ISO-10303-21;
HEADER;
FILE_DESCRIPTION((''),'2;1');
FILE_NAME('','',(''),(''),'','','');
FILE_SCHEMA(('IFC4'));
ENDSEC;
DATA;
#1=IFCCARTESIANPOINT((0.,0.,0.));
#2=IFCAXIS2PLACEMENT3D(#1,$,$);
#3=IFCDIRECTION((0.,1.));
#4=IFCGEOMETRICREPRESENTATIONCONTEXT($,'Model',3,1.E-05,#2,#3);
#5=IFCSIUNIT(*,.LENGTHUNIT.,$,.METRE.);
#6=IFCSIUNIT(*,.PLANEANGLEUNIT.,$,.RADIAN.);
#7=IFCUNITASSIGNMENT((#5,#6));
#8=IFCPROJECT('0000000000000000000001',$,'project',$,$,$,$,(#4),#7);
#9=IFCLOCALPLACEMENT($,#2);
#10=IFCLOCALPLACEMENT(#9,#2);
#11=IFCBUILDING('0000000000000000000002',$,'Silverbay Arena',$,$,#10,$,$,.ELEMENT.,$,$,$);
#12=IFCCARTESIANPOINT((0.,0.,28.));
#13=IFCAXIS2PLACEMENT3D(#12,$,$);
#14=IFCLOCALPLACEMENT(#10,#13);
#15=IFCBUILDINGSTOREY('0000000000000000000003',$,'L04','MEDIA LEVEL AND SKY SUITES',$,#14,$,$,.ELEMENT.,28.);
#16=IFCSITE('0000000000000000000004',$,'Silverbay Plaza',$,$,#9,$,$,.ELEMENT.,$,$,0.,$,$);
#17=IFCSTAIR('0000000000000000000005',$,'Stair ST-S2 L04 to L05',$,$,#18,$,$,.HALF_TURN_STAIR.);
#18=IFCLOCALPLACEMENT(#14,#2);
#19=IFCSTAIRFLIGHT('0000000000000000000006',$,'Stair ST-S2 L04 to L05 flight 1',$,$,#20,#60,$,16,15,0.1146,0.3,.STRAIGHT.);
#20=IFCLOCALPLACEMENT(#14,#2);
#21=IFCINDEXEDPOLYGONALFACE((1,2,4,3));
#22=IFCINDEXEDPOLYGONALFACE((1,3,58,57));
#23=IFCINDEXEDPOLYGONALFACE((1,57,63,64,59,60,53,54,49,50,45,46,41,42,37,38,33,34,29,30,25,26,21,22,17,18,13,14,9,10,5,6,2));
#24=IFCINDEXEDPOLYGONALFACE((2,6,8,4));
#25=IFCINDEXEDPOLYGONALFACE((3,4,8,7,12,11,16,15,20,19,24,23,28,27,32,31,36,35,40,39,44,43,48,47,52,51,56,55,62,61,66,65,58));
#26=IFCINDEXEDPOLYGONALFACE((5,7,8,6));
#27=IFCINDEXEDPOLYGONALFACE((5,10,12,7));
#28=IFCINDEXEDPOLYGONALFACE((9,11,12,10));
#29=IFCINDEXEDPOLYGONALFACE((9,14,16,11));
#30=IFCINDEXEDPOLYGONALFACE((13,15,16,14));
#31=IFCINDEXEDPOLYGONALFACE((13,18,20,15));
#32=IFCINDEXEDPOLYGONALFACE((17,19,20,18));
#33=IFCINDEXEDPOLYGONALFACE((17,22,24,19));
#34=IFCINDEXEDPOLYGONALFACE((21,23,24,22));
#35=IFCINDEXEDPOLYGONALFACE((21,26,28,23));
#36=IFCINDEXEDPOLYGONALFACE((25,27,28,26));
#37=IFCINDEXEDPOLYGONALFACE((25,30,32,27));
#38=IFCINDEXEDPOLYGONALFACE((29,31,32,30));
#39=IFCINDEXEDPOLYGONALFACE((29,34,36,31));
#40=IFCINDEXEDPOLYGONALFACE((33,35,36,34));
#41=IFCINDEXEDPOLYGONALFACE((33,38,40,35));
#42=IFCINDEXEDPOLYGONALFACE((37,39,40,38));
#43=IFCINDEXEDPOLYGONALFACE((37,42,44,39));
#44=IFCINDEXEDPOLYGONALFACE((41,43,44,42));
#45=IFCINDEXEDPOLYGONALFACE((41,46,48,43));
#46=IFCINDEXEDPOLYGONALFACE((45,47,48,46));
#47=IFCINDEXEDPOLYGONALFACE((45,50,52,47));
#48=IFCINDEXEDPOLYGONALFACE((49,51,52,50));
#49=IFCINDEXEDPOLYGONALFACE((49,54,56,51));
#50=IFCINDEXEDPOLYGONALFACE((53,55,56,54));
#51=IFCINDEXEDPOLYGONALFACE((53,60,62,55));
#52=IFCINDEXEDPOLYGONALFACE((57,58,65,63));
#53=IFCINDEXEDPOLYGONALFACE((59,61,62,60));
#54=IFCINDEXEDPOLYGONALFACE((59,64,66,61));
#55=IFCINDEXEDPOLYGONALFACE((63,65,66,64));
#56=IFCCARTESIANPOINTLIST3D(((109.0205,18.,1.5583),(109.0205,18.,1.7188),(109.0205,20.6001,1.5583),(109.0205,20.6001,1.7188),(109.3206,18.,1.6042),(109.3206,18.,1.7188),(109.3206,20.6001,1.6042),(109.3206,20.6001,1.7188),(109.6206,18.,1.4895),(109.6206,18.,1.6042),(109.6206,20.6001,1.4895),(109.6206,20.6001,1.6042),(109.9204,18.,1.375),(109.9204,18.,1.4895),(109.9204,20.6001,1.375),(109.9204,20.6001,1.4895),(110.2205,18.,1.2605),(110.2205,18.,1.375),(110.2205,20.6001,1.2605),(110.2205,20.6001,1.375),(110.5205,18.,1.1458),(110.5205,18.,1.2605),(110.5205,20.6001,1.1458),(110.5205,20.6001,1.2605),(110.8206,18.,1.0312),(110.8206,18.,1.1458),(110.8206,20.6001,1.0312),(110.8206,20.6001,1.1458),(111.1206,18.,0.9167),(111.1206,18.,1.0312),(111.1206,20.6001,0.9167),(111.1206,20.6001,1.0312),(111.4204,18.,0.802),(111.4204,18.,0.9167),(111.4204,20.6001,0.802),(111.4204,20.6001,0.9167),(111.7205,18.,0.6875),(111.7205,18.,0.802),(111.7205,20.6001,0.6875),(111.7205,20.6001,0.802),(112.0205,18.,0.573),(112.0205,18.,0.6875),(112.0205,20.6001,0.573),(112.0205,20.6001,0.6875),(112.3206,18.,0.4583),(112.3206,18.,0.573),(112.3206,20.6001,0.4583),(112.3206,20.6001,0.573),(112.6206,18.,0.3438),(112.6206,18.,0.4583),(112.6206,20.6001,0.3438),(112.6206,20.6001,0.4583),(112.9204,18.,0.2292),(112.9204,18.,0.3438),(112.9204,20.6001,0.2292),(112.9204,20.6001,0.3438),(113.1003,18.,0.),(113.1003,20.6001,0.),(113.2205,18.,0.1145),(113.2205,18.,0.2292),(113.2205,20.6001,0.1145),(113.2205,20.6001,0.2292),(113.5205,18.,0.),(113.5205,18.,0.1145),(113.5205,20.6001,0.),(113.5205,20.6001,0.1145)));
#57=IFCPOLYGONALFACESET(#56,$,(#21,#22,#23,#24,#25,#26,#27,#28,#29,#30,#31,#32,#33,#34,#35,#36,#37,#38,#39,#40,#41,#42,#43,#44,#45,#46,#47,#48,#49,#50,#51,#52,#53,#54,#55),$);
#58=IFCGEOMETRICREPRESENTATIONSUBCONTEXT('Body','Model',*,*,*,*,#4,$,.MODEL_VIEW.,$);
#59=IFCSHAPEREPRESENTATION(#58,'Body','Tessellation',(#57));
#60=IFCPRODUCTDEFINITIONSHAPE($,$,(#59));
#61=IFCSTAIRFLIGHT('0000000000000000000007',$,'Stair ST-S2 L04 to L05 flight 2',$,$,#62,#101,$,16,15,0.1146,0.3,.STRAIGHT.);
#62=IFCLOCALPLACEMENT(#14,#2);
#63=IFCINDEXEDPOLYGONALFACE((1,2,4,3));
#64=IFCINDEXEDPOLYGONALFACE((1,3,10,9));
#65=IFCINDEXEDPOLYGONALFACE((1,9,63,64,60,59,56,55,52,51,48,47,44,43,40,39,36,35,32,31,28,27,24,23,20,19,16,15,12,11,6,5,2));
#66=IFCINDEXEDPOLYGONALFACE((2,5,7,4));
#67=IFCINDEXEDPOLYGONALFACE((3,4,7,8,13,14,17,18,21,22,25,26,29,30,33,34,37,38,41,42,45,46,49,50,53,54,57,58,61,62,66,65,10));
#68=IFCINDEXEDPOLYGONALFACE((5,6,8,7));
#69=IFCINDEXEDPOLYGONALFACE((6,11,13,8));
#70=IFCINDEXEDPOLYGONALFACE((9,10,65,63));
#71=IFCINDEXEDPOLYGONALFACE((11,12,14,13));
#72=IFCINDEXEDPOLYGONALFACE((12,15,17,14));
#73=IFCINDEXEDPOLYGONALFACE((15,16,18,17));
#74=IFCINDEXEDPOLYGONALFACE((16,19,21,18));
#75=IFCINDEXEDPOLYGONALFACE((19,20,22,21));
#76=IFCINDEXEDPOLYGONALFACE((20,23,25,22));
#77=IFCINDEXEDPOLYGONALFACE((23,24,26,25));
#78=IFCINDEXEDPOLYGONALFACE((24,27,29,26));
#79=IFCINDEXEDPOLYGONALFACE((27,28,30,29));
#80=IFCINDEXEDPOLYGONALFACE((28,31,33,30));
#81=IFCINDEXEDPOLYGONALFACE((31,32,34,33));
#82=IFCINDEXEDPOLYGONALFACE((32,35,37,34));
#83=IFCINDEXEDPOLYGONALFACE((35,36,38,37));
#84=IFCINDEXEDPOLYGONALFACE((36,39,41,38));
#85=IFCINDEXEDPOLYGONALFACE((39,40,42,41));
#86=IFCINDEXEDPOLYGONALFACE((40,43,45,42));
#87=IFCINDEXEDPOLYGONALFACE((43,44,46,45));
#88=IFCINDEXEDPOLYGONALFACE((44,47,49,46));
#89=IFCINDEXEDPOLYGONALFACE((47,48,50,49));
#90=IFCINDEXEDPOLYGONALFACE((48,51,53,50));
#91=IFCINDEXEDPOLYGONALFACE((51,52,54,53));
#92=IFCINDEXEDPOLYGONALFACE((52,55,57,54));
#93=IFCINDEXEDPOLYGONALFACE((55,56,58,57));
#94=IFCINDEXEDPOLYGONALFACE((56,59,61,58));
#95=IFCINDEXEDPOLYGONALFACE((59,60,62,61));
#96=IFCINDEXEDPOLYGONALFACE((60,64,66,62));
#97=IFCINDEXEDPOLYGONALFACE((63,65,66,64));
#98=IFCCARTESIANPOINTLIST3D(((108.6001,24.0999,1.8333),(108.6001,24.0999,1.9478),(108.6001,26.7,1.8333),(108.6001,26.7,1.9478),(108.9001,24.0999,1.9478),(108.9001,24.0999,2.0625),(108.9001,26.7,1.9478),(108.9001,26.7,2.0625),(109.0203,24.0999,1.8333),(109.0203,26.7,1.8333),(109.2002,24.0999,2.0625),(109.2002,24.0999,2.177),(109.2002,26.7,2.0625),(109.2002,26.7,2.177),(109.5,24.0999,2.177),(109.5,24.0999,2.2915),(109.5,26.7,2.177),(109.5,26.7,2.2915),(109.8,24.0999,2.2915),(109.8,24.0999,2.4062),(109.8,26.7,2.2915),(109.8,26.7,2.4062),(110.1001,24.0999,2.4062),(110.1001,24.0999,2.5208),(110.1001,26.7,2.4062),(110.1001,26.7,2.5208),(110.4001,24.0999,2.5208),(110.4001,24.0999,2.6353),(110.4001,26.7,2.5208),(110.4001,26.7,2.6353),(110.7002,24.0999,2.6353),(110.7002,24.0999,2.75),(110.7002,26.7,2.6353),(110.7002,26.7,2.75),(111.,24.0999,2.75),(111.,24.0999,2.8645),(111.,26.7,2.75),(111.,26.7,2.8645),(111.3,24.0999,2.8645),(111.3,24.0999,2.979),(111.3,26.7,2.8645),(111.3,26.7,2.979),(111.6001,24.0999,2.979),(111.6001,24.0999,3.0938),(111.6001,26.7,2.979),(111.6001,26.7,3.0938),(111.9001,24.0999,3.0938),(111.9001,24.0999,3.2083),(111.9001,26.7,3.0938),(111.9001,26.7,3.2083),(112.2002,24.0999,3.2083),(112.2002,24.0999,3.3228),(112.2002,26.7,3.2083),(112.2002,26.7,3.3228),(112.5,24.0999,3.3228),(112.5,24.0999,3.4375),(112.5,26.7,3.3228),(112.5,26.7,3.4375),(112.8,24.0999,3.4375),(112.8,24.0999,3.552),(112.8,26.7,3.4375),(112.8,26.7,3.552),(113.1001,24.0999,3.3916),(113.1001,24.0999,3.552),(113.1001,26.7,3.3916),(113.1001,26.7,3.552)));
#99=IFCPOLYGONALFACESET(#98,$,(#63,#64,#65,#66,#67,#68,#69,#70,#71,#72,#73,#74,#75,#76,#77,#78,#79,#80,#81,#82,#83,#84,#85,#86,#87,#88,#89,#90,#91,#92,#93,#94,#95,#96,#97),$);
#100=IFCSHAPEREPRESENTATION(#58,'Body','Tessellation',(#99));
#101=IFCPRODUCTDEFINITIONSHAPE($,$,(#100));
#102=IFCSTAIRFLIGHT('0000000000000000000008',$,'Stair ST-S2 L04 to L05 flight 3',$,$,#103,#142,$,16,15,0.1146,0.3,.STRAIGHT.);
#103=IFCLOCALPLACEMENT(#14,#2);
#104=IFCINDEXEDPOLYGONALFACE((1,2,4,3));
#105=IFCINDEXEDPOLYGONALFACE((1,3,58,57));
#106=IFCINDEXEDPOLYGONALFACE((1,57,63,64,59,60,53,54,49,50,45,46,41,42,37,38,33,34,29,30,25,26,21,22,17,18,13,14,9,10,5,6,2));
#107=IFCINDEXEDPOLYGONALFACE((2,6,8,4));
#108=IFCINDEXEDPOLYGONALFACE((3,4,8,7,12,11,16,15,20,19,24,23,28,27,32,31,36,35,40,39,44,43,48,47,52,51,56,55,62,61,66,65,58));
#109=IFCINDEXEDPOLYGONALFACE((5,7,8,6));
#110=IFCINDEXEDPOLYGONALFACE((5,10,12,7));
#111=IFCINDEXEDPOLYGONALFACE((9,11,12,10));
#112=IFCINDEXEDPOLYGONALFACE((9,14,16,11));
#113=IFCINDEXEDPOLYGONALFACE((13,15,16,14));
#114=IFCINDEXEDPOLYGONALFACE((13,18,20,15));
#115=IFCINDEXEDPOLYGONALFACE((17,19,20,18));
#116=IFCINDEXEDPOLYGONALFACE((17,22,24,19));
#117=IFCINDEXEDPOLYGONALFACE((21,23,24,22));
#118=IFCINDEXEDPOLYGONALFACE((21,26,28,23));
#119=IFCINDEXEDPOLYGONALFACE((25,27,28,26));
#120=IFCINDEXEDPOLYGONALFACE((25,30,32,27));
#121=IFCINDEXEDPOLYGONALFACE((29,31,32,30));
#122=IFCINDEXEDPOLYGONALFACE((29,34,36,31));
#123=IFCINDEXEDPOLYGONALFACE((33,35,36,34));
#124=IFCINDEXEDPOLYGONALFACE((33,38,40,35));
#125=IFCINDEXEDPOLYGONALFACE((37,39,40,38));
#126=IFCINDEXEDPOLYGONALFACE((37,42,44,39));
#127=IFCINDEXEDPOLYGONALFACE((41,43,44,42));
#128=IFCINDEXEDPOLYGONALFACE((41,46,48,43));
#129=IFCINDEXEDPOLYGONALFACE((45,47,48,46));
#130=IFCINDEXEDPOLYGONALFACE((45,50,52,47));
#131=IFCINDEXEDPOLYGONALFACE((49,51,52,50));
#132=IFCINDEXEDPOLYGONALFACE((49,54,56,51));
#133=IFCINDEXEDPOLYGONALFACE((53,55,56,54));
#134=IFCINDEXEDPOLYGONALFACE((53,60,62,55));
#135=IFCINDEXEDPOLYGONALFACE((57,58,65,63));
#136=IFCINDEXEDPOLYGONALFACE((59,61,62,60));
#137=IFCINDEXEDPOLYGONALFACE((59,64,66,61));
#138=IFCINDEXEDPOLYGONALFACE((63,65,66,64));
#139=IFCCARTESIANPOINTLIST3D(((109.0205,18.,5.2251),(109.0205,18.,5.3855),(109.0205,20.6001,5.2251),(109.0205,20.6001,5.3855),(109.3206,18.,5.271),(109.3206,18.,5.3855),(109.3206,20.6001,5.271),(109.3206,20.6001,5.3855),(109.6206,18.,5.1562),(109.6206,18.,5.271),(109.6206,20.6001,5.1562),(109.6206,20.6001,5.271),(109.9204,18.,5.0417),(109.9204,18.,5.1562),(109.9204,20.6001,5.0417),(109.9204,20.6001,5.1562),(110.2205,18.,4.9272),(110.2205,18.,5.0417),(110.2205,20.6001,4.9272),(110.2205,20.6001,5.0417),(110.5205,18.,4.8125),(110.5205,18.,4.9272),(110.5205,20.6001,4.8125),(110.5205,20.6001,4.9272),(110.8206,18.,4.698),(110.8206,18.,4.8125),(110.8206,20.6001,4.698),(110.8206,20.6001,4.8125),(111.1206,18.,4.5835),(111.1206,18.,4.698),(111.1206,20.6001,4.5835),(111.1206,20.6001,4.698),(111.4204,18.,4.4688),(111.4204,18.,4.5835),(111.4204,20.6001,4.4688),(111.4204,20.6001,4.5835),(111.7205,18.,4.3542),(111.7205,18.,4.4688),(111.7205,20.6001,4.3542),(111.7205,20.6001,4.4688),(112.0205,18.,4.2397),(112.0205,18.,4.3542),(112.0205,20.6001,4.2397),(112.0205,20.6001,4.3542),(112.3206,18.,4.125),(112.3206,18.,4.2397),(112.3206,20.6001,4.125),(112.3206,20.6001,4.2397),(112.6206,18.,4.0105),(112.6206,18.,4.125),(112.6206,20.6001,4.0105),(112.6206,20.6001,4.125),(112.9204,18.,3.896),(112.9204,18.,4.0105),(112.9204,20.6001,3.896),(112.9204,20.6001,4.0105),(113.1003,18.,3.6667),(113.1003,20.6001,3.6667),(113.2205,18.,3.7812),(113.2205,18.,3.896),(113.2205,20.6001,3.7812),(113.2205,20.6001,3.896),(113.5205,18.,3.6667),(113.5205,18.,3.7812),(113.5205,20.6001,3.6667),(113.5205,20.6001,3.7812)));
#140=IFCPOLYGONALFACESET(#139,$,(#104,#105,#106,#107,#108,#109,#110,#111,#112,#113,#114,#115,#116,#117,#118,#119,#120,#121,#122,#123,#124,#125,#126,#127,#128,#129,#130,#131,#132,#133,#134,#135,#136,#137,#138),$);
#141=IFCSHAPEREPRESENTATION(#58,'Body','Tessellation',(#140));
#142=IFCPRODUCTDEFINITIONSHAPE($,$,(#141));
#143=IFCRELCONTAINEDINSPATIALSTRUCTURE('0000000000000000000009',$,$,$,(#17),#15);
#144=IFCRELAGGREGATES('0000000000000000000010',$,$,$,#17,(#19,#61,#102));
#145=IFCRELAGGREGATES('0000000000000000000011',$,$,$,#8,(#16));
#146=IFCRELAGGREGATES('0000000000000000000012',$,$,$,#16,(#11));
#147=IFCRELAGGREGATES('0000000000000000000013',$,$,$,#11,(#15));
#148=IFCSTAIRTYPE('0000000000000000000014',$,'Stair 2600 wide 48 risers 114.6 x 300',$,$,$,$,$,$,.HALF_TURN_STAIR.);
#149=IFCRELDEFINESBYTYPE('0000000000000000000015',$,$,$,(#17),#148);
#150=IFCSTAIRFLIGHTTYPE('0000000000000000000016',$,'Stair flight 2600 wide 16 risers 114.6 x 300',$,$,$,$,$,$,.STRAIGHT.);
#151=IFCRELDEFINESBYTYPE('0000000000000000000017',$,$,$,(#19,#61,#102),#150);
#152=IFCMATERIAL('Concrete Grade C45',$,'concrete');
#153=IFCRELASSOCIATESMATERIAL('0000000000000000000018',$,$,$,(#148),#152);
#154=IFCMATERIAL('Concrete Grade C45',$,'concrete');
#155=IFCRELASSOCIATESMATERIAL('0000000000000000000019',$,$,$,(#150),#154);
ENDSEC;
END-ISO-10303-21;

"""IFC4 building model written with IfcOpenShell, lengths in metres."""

from ifc_helpers import new_model, si_unit, direction, frame, origin, place, context, subcontext, project, spatial, polyline, outline, extrude, material, type_object, element, aggregate, save


model = new_model("IFC4")

# Units and contexts
model_context = context("Model", 3, precision=1e-05, world=origin(), true_north=direction((0.0, 1.0)))
body_context = subcontext(model_context, "Body", "Model", "MODEL_VIEW")
ifc_project = project(units=[si_unit("LENGTHUNIT", "METRE"), si_unit("PLANEANGLEUNIT", "RADIAN")], contexts=[model_context])

# Site, building, storey
site_placement = place(None, origin())
site = spatial("IfcSite", under=ifc_project, at=site_placement, Name="Silverbay Plaza", CompositionType="ELEMENT", RefElevation=0.0)
building_placement = place(site_placement, origin())
building = spatial("IfcBuilding", under=site, at=building_placement, Name="Silverbay Arena", CompositionType="ELEMENT")
storey_placement = place(building_placement, frame((0.0, 0.0, 28.0)))
storey = spatial("IfcBuildingStorey", under=building, at=storey_placement, Name="L04", Description="MEDIA LEVEL AND SKY SUITES", CompositionType="ELEMENT", Elevation=28.0)

# Stair, stair flights
ifc_material_1 = material(Name="Concrete Grade C45", Category="concrete")
stair_type = type_object("IfcStairType", Name="Stair 2600 wide 48 risers 114.6 x 300", PredefinedType="HALF_TURN_STAIR", material=ifc_material_1)
stair_placement = place(storey_placement, origin())
stair = element("IfcStair", 1, at=stair_placement, inside=storey, type_object=stair_type, Name="Stair ST-S2 L04 to L05", PredefinedType="HALF_TURN_STAIR")
ifc_material_2 = material(Name="Concrete Grade C45", Category="concrete")
stair_flight_type = type_object("IfcStairFlightType", Name="Stair flight 2600 wide 16 risers 114.6 x 300", PredefinedType="STRAIGHT", material=ifc_material_2)
stair_flight_1_placement = place(storey_placement, frame((113.5205, 19.3, 0.0), z_axis=(0.0, 0.0, 1.0), x_axis=(-1.0, 0.0, 0.0)))
stair_flight_1 = element("IfcStairFlight", 2, at=stair_flight_1_placement, type_object=stair_flight_type, Name="Stair ST-S2 L04 to L05 flight 1", NumberOfRisers=16, NumberOfTreads=15, PredefinedType="STRAIGHT", RiserHeight=0.1146, TreadLength=0.3, context=body_context, shape_type="SweptSolid", body=[
    extrude(outline(polyline([(0.0, 0.0), (0.0, 0.1145), (0.3, 0.1145), (0.3, 0.2292), (0.6001, 0.2292), (0.6001, 0.3438), (0.8999, 0.3438), (0.8999, 0.4583), (1.2, 0.4583), (1.2, 0.573), (1.5, 0.573), (1.5, 0.6875), (1.8, 0.6875), (1.8, 0.802), (2.1001, 0.802), (2.1001, 0.9167), (2.3999, 0.9167), (2.3999, 1.0312), (2.7, 1.0312), (2.7, 1.1458), (3.0, 1.1458), (3.0, 1.2605), (3.3, 1.2605), (3.3, 1.375), (3.6001, 1.375), (3.6001, 1.4895), (3.8999, 1.4895), (3.8999, 1.6042), (4.2, 1.6042), (4.2, 1.7188), (4.5, 1.7188), (4.5, 1.5583), (0.4202, 0.0), (0.0, 0.0)])), frame((0.0, 1.3, 0.0), z_axis=(0.0, -1.0, 0.0), x_axis=(1.0, 0.0, 0.0)), (0.0, 0.0, 1.0), 2.6001),
])
stair_flight_2_placement = place(storey_placement, frame((108.6001, 25.3999, 1.8333), z_axis=(0.0, 0.0, 1.0), x_axis=(1.0, 0.0, 0.0)))
stair_flight_2 = element("IfcStairFlight", 3, at=stair_flight_2_placement, type_object=stair_flight_type, Name="Stair ST-S2 L04 to L05 flight 2", NumberOfRisers=16, NumberOfTreads=15, PredefinedType="STRAIGHT", RiserHeight=0.1146, TreadLength=0.3, context=body_context, shape_type="SweptSolid", body=[
    extrude(outline(polyline([(0.0, 0.0), (0.0, 0.1145), (0.3, 0.1145), (0.3, 0.2292), (0.6001, 0.2292), (0.6001, 0.3438), (0.8999, 0.3438), (0.8999, 0.4583), (1.2, 0.4583), (1.2, 0.573), (1.5, 0.573), (1.5, 0.6875), (1.8, 0.6875), (1.8, 0.802), (2.1001, 0.802), (2.1001, 0.9167), (2.3999, 0.9167), (2.3999, 1.0312), (2.7, 1.0312), (2.7, 1.1458), (3.0, 1.1458), (3.0, 1.2605), (3.3, 1.2605), (3.3, 1.375), (3.6001, 1.375), (3.6001, 1.4895), (3.8999, 1.4895), (3.8999, 1.6042), (4.2, 1.6042), (4.2, 1.7188), (4.5, 1.7188), (4.5, 1.5583), (0.4202, 0.0), (0.0, 0.0)])), frame((0.0, 1.3, 0.0), z_axis=(0.0, -1.0, 0.0), x_axis=(1.0, 0.0, 0.0)), (0.0, 0.0, 1.0), 2.6001),
])
stair_flight_3_placement = place(storey_placement, frame((113.5205, 19.3, 3.6667), z_axis=(0.0, 0.0, 1.0), x_axis=(-1.0, 0.0, 0.0)))
stair_flight_3 = element("IfcStairFlight", 4, at=stair_flight_3_placement, type_object=stair_flight_type, Name="Stair ST-S2 L04 to L05 flight 3", NumberOfRisers=16, NumberOfTreads=15, PredefinedType="STRAIGHT", RiserHeight=0.1146, TreadLength=0.3, context=body_context, shape_type="SweptSolid", body=[
    extrude(outline(polyline([(0.0, 0.0), (0.0, 0.1145), (0.3, 0.1145), (0.3, 0.2292), (0.6001, 0.2292), (0.6001, 0.3438), (0.8999, 0.3438), (0.8999, 0.4583), (1.2, 0.4583), (1.2, 0.573), (1.5, 0.573), (1.5, 0.6875), (1.8, 0.6875), (1.8, 0.802), (2.1001, 0.802), (2.1001, 0.9167), (2.3999, 0.9167), (2.3999, 1.0312), (2.7, 1.0312), (2.7, 1.1458), (3.0, 1.1458), (3.0, 1.2605), (3.3, 1.2605), (3.3, 1.375), (3.6001, 1.375), (3.6001, 1.4895), (3.8999, 1.4895), (3.8999, 1.6042), (4.2, 1.6042), (4.2, 1.7188), (4.5, 1.7188), (4.5, 1.5583), (0.4202, 0.0), (0.0, 0.0)])), frame((0.0, 1.3, 0.0), z_axis=(0.0, -1.0, 0.0), x_axis=(1.0, 0.0, 0.0)), (0.0, 0.0, 1.0), 2.6001),
])
aggregate(stair, [stair_flight_1, stair_flight_2, stair_flight_3])

save(model, "model.ifc")
